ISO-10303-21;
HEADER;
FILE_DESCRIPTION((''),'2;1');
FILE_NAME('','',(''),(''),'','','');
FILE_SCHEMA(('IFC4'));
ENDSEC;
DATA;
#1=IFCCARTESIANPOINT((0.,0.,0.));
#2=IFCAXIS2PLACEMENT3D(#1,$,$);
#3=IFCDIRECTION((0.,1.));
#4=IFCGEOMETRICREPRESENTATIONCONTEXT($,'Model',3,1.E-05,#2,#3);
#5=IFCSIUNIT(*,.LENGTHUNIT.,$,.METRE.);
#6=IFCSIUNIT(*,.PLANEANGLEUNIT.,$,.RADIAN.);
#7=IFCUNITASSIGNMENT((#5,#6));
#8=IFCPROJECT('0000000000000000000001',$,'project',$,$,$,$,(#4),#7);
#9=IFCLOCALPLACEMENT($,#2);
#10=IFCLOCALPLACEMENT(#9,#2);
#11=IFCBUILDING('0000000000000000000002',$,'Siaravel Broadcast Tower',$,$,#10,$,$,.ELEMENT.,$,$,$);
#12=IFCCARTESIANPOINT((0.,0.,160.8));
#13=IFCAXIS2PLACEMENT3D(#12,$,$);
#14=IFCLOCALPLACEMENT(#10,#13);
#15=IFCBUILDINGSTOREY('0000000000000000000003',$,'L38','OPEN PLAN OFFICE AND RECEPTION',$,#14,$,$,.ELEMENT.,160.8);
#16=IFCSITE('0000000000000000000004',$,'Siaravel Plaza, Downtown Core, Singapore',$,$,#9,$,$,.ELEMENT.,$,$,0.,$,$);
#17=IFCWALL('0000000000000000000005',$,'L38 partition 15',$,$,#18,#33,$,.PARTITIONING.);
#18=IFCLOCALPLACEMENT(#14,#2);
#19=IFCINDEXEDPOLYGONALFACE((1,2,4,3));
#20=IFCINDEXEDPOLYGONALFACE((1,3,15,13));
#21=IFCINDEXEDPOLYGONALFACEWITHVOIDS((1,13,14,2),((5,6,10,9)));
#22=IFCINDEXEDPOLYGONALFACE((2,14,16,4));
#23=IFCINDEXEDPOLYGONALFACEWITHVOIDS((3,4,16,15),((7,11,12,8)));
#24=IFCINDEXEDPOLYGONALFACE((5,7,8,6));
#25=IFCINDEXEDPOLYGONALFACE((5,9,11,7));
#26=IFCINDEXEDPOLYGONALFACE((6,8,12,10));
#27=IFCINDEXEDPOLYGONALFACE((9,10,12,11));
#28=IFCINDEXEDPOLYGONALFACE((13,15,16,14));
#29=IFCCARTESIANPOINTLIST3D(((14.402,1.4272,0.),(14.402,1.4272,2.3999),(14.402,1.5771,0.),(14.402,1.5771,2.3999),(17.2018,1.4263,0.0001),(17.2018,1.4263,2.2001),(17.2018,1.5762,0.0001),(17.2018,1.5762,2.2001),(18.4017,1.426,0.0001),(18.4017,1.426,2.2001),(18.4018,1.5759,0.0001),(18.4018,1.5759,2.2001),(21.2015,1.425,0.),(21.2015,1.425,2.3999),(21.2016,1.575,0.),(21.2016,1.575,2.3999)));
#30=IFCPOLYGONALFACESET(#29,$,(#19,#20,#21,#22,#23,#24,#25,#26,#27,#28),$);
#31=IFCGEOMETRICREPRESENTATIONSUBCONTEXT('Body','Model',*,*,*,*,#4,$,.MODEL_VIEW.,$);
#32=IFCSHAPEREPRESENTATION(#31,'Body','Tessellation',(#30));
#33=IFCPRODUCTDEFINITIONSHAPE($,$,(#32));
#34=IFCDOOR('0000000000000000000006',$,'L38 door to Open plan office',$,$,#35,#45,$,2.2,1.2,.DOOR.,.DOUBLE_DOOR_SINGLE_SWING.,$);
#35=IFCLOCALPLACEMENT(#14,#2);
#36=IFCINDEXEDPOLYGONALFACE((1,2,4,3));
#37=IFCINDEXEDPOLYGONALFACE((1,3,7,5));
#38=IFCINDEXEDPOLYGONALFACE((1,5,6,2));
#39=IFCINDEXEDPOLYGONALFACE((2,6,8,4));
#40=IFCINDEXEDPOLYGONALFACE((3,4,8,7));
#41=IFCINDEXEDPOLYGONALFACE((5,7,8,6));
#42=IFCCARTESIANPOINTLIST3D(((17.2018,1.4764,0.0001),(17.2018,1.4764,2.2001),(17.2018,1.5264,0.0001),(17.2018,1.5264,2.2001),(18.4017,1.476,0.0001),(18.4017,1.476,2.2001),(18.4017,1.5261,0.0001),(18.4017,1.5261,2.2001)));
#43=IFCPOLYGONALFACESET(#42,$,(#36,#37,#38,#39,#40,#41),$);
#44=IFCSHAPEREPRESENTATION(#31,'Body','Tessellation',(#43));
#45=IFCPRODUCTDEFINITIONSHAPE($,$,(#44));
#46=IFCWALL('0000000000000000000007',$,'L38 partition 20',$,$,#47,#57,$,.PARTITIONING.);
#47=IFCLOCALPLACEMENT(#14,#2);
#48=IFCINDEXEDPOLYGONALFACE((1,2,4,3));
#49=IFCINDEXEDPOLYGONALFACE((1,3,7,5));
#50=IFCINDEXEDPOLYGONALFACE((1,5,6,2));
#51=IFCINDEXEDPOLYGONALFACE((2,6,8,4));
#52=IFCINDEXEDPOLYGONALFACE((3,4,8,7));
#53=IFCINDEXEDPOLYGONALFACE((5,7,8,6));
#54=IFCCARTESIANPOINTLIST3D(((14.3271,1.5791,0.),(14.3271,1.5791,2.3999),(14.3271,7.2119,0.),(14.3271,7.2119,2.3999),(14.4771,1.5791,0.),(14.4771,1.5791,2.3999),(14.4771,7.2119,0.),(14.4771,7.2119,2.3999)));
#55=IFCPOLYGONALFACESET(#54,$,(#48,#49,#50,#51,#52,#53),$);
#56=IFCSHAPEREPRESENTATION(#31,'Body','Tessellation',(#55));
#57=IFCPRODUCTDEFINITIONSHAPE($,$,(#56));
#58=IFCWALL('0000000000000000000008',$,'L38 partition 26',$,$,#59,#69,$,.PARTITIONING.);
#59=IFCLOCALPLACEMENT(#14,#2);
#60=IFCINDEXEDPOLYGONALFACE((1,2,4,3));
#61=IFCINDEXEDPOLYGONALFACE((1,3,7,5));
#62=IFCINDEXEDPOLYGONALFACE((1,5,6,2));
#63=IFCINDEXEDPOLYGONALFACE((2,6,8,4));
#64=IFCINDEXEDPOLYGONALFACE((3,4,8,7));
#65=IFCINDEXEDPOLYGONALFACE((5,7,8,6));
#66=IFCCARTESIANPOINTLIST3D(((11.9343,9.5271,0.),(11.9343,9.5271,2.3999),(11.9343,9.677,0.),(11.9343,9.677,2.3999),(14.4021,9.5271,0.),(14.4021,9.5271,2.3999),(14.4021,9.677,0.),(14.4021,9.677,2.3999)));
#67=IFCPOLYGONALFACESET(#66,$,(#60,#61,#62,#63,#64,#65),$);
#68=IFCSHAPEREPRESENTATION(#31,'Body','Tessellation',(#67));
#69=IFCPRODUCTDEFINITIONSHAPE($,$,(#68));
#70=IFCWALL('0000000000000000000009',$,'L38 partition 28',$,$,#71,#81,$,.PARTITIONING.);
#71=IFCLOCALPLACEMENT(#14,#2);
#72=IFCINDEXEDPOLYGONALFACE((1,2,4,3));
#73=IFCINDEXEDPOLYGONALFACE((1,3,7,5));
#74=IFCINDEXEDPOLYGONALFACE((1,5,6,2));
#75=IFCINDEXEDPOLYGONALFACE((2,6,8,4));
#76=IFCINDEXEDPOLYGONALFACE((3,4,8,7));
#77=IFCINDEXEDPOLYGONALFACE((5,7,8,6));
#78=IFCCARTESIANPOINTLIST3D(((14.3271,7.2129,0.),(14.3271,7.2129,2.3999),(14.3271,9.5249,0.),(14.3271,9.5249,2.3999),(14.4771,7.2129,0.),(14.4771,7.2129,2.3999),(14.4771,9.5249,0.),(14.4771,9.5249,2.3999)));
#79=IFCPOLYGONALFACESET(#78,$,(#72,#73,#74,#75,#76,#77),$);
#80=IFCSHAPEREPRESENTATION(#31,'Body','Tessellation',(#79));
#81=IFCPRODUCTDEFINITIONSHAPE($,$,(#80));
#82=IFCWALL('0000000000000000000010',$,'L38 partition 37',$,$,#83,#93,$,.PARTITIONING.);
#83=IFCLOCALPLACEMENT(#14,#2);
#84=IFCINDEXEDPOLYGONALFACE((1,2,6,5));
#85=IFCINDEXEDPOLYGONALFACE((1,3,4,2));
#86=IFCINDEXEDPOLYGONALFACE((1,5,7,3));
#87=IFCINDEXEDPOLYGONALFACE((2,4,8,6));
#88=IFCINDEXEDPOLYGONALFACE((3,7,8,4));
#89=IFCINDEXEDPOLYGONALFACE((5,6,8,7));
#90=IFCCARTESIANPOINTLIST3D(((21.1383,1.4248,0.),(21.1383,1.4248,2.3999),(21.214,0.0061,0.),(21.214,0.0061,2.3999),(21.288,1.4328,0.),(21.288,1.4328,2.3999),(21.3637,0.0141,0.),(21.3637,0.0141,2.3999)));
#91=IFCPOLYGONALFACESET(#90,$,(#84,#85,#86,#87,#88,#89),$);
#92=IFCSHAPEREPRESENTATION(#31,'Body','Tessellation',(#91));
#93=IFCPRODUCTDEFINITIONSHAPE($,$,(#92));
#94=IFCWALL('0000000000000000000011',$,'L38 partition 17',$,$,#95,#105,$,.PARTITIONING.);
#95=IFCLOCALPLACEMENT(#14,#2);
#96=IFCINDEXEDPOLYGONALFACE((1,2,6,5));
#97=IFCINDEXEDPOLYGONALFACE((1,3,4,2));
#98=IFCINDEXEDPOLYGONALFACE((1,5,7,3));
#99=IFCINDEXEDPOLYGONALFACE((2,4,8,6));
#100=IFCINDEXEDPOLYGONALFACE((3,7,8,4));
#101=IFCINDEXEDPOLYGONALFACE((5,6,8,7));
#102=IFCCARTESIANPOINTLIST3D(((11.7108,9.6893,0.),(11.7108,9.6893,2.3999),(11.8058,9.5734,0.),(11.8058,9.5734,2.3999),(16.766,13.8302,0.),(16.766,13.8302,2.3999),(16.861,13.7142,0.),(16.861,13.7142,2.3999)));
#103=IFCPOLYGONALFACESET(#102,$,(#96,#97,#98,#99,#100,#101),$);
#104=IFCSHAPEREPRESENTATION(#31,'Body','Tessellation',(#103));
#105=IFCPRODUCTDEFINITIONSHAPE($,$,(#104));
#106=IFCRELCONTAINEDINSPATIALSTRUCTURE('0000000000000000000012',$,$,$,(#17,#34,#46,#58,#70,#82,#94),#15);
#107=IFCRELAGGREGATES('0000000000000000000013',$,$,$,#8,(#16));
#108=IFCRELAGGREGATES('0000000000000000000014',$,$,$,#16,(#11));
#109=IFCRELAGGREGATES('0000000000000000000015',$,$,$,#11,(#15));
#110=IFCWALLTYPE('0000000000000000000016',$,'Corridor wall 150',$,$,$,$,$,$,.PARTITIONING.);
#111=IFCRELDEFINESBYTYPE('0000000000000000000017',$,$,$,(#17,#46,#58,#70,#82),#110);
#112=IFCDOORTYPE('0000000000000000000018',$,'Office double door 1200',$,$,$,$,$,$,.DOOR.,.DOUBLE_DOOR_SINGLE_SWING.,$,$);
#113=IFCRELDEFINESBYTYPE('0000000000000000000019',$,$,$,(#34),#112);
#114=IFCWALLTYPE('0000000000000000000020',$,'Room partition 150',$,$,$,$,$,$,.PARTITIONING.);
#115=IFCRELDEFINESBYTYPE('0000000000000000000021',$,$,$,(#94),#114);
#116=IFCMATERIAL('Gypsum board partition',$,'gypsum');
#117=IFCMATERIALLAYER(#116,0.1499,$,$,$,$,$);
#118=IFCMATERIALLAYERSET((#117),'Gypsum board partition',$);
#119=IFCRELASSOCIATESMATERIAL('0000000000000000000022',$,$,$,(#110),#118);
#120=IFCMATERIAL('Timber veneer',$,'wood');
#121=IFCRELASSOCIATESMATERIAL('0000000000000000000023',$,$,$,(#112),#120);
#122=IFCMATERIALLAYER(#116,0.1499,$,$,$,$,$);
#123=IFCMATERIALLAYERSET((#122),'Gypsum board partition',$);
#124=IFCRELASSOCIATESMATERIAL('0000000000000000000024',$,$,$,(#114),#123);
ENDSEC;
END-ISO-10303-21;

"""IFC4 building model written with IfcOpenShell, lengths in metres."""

from ifc_helpers import new_model, si_unit, direction, frame, frame_2d, origin, place, context, subcontext, project, spatial, rectangle, extrude, material, layer, layer_set, type_object, element, fill, save


model = new_model("IFC4")

# Units and contexts
model_context = context("Model", 3, precision=1e-05, world=origin(), true_north=direction((0.0, 1.0)))
body_context = subcontext(model_context, "Body", "Model", "MODEL_VIEW")
ifc_project = project(units=[si_unit("LENGTHUNIT", "METRE"), si_unit("PLANEANGLEUNIT", "RADIAN")], contexts=[model_context])

# Site, building, storey
site_placement = place(None, origin())
site = spatial("IfcSite", under=ifc_project, at=site_placement, Name="Siaravel Plaza, Downtown Core, Singapore", CompositionType="ELEMENT", RefElevation=0.0)
building_placement = place(site_placement, origin())
building = spatial("IfcBuilding", under=site, at=building_placement, Name="Siaravel Broadcast Tower", CompositionType="ELEMENT")
storey_placement = place(building_placement, frame((0.0, 0.0, 160.8)))
storey = spatial("IfcBuildingStorey", under=building, at=storey_placement, Name="L38", Description="OPEN PLAN OFFICE AND RECEPTION", CompositionType="ELEMENT", Elevation=160.8)

# Wall, opening, door
ifc_material_1 = material(Name="Gypsum board partition", Category="gypsum")
ifc_layer_1 = layer(ifc_material_1, 0.1499)
ifc_layer_set_1 = layer_set([ifc_layer_1], Name="Gypsum board partition")
wall_type_1 = type_object("IfcWallType", Name="Corridor wall 150", PredefinedType="PARTITIONING", material=ifc_layer_set_1)
wall_1_placement = place(storey_placement, frame((21.2017, 1.5, 0.0), z_axis=(0.0, 0.0, 1.0), x_axis=(-1.0, 0.000323, 0.0)))
wall_1 = element("IfcWall", 1, at=wall_1_placement, inside=storey, type_object=wall_type_1, Name="L38 partition 15", PredefinedType="PARTITIONING", context=body_context, shape_type="SweptSolid", body=[
    extrude(rectangle(XDim=6.7996, YDim=0.1499, at=frame_2d((3.3999, 0.0))), origin(), (0.0, 0.0, 1.0), 2.3999),
])
opening_placement = place(wall_1_placement, frame((2.7998, 0.0, 0.0)))
opening = element("IfcOpeningElement", 2, at=opening_placement, cuts=wall_1, PredefinedType="OPENING", context=body_context, shape_type="SweptSolid", body=[
    extrude(rectangle(XDim=1.2, YDim=2.2, at=frame_2d((0.6001, 1.1001))), frame((0.0, 0.085, 0.0), z_axis=(0.0, -1.0, 0.0), x_axis=(1.0, 0.0, 0.0)), (0.0, 0.0, 1.0), 0.1699),
])
ifc_material_2 = material(Name="Timber veneer", Category="wood")
door_type = type_object("IfcDoorType", Name="Office double door 1200", OperationType="DOUBLE_DOOR_SINGLE_SWING", PredefinedType="DOOR", material=ifc_material_2)
door_placement = place(opening_placement, origin())
door = element("IfcDoor", 3, at=door_placement, inside=storey, type_object=door_type, Name="L38 door to Open plan office", OperationType="DOUBLE_DOOR_SINGLE_SWING", OverallHeight=2.2, OverallWidth=1.2, PredefinedType="DOOR", context=body_context, shape_type="SweptSolid", body=[
    extrude(rectangle(XDim=1.2, YDim=2.2, at=frame_2d((0.6001, 1.1001))), frame((0.0, 0.0249, 0.0), z_axis=(0.0, -1.0, 0.0), x_axis=(1.0, 0.0, 0.0)), (0.0, 0.0, 1.0), 0.05),
])
fill(opening, door)

# Walls
wall_2_placement = place(storey_placement, frame((14.4021, 1.5791, 0.0), z_axis=(0.0, 0.0, 1.0), x_axis=(0.0, 1.0, 0.0)))
element("IfcWall", 4, at=wall_2_placement, inside=storey, type_object=wall_type_1, Name="L38 partition 20", PredefinedType="PARTITIONING", context=body_context, shape_type="SweptSolid", body=[
    extrude(rectangle(XDim=5.6328, YDim=0.1499, at=frame_2d((2.8164, 0.0))), origin(), (0.0, 0.0, 1.0), 2.3999),
])
wall_3_placement = place(storey_placement, frame((14.4021, 9.6021, 0.0), z_axis=(0.0, 0.0, 1.0), x_axis=(-1.0, 0.0, 0.0)))
element("IfcWall", 5, at=wall_3_placement, inside=storey, type_object=wall_type_1, Name="L38 partition 26", PredefinedType="PARTITIONING", context=body_context, shape_type="SweptSolid", body=[
    extrude(rectangle(XDim=2.4678, YDim=0.1499, at=frame_2d((1.2339, 0.0))), origin(), (0.0, 0.0, 1.0), 2.3999),
])
wall_4_placement = place(storey_placement, frame((14.4021, 7.2129, 0.0), z_axis=(0.0, 0.0, 1.0), x_axis=(0.0, 1.0, 0.0)))
element("IfcWall", 6, at=wall_4_placement, inside=storey, type_object=wall_type_1, Name="L38 partition 28", PredefinedType="PARTITIONING", context=body_context, shape_type="SweptSolid", body=[
    extrude(rectangle(XDim=2.312, YDim=0.1499, at=frame_2d((1.156, 0.0))), origin(), (0.0, 0.0, 1.0), 2.3999),
])
wall_5_placement = place(storey_placement, frame((21.2888, 0.01, 0.0), z_axis=(0.0, 0.0, 1.0), x_axis=(-0.053271, 0.99858, 0.0)))
element("IfcWall", 7, at=wall_5_placement, inside=storey, type_object=wall_type_1, Name="L38 partition 37", PredefinedType="PARTITIONING", context=body_context, shape_type="SweptSolid", body=[
    extrude(rectangle(XDim=1.4207, YDim=0.1499, at=frame_2d((0.7104, 0.0))), origin(), (0.0, 0.0, 1.0), 2.3999),
])
ifc_layer_2 = layer(ifc_material_1, 0.1499)
ifc_layer_set_2 = layer_set([ifc_layer_2], Name="Gypsum board partition")
wall_type_2 = type_object("IfcWallType", Name="Room partition 150", PredefinedType="PARTITIONING", material=ifc_layer_set_2)
wall_6_placement = place(storey_placement, frame((16.8135, 13.7722, 0.0), z_axis=(0.0, 0.0, 1.0), x_axis=(-0.773596, -0.633679, 0.0)))
element("IfcWall", 8, at=wall_6_placement, inside=storey, type_object=wall_type_2, Name="L38 partition 17", PredefinedType="PARTITIONING", context=body_context, shape_type="SweptSolid", body=[
    extrude(rectangle(XDim=6.5347, YDim=0.1499, at=frame_2d((3.2673, 0.0))), origin(), (0.0, 0.0, 1.0), 2.3999),
])

save(model, "model.ifc")
